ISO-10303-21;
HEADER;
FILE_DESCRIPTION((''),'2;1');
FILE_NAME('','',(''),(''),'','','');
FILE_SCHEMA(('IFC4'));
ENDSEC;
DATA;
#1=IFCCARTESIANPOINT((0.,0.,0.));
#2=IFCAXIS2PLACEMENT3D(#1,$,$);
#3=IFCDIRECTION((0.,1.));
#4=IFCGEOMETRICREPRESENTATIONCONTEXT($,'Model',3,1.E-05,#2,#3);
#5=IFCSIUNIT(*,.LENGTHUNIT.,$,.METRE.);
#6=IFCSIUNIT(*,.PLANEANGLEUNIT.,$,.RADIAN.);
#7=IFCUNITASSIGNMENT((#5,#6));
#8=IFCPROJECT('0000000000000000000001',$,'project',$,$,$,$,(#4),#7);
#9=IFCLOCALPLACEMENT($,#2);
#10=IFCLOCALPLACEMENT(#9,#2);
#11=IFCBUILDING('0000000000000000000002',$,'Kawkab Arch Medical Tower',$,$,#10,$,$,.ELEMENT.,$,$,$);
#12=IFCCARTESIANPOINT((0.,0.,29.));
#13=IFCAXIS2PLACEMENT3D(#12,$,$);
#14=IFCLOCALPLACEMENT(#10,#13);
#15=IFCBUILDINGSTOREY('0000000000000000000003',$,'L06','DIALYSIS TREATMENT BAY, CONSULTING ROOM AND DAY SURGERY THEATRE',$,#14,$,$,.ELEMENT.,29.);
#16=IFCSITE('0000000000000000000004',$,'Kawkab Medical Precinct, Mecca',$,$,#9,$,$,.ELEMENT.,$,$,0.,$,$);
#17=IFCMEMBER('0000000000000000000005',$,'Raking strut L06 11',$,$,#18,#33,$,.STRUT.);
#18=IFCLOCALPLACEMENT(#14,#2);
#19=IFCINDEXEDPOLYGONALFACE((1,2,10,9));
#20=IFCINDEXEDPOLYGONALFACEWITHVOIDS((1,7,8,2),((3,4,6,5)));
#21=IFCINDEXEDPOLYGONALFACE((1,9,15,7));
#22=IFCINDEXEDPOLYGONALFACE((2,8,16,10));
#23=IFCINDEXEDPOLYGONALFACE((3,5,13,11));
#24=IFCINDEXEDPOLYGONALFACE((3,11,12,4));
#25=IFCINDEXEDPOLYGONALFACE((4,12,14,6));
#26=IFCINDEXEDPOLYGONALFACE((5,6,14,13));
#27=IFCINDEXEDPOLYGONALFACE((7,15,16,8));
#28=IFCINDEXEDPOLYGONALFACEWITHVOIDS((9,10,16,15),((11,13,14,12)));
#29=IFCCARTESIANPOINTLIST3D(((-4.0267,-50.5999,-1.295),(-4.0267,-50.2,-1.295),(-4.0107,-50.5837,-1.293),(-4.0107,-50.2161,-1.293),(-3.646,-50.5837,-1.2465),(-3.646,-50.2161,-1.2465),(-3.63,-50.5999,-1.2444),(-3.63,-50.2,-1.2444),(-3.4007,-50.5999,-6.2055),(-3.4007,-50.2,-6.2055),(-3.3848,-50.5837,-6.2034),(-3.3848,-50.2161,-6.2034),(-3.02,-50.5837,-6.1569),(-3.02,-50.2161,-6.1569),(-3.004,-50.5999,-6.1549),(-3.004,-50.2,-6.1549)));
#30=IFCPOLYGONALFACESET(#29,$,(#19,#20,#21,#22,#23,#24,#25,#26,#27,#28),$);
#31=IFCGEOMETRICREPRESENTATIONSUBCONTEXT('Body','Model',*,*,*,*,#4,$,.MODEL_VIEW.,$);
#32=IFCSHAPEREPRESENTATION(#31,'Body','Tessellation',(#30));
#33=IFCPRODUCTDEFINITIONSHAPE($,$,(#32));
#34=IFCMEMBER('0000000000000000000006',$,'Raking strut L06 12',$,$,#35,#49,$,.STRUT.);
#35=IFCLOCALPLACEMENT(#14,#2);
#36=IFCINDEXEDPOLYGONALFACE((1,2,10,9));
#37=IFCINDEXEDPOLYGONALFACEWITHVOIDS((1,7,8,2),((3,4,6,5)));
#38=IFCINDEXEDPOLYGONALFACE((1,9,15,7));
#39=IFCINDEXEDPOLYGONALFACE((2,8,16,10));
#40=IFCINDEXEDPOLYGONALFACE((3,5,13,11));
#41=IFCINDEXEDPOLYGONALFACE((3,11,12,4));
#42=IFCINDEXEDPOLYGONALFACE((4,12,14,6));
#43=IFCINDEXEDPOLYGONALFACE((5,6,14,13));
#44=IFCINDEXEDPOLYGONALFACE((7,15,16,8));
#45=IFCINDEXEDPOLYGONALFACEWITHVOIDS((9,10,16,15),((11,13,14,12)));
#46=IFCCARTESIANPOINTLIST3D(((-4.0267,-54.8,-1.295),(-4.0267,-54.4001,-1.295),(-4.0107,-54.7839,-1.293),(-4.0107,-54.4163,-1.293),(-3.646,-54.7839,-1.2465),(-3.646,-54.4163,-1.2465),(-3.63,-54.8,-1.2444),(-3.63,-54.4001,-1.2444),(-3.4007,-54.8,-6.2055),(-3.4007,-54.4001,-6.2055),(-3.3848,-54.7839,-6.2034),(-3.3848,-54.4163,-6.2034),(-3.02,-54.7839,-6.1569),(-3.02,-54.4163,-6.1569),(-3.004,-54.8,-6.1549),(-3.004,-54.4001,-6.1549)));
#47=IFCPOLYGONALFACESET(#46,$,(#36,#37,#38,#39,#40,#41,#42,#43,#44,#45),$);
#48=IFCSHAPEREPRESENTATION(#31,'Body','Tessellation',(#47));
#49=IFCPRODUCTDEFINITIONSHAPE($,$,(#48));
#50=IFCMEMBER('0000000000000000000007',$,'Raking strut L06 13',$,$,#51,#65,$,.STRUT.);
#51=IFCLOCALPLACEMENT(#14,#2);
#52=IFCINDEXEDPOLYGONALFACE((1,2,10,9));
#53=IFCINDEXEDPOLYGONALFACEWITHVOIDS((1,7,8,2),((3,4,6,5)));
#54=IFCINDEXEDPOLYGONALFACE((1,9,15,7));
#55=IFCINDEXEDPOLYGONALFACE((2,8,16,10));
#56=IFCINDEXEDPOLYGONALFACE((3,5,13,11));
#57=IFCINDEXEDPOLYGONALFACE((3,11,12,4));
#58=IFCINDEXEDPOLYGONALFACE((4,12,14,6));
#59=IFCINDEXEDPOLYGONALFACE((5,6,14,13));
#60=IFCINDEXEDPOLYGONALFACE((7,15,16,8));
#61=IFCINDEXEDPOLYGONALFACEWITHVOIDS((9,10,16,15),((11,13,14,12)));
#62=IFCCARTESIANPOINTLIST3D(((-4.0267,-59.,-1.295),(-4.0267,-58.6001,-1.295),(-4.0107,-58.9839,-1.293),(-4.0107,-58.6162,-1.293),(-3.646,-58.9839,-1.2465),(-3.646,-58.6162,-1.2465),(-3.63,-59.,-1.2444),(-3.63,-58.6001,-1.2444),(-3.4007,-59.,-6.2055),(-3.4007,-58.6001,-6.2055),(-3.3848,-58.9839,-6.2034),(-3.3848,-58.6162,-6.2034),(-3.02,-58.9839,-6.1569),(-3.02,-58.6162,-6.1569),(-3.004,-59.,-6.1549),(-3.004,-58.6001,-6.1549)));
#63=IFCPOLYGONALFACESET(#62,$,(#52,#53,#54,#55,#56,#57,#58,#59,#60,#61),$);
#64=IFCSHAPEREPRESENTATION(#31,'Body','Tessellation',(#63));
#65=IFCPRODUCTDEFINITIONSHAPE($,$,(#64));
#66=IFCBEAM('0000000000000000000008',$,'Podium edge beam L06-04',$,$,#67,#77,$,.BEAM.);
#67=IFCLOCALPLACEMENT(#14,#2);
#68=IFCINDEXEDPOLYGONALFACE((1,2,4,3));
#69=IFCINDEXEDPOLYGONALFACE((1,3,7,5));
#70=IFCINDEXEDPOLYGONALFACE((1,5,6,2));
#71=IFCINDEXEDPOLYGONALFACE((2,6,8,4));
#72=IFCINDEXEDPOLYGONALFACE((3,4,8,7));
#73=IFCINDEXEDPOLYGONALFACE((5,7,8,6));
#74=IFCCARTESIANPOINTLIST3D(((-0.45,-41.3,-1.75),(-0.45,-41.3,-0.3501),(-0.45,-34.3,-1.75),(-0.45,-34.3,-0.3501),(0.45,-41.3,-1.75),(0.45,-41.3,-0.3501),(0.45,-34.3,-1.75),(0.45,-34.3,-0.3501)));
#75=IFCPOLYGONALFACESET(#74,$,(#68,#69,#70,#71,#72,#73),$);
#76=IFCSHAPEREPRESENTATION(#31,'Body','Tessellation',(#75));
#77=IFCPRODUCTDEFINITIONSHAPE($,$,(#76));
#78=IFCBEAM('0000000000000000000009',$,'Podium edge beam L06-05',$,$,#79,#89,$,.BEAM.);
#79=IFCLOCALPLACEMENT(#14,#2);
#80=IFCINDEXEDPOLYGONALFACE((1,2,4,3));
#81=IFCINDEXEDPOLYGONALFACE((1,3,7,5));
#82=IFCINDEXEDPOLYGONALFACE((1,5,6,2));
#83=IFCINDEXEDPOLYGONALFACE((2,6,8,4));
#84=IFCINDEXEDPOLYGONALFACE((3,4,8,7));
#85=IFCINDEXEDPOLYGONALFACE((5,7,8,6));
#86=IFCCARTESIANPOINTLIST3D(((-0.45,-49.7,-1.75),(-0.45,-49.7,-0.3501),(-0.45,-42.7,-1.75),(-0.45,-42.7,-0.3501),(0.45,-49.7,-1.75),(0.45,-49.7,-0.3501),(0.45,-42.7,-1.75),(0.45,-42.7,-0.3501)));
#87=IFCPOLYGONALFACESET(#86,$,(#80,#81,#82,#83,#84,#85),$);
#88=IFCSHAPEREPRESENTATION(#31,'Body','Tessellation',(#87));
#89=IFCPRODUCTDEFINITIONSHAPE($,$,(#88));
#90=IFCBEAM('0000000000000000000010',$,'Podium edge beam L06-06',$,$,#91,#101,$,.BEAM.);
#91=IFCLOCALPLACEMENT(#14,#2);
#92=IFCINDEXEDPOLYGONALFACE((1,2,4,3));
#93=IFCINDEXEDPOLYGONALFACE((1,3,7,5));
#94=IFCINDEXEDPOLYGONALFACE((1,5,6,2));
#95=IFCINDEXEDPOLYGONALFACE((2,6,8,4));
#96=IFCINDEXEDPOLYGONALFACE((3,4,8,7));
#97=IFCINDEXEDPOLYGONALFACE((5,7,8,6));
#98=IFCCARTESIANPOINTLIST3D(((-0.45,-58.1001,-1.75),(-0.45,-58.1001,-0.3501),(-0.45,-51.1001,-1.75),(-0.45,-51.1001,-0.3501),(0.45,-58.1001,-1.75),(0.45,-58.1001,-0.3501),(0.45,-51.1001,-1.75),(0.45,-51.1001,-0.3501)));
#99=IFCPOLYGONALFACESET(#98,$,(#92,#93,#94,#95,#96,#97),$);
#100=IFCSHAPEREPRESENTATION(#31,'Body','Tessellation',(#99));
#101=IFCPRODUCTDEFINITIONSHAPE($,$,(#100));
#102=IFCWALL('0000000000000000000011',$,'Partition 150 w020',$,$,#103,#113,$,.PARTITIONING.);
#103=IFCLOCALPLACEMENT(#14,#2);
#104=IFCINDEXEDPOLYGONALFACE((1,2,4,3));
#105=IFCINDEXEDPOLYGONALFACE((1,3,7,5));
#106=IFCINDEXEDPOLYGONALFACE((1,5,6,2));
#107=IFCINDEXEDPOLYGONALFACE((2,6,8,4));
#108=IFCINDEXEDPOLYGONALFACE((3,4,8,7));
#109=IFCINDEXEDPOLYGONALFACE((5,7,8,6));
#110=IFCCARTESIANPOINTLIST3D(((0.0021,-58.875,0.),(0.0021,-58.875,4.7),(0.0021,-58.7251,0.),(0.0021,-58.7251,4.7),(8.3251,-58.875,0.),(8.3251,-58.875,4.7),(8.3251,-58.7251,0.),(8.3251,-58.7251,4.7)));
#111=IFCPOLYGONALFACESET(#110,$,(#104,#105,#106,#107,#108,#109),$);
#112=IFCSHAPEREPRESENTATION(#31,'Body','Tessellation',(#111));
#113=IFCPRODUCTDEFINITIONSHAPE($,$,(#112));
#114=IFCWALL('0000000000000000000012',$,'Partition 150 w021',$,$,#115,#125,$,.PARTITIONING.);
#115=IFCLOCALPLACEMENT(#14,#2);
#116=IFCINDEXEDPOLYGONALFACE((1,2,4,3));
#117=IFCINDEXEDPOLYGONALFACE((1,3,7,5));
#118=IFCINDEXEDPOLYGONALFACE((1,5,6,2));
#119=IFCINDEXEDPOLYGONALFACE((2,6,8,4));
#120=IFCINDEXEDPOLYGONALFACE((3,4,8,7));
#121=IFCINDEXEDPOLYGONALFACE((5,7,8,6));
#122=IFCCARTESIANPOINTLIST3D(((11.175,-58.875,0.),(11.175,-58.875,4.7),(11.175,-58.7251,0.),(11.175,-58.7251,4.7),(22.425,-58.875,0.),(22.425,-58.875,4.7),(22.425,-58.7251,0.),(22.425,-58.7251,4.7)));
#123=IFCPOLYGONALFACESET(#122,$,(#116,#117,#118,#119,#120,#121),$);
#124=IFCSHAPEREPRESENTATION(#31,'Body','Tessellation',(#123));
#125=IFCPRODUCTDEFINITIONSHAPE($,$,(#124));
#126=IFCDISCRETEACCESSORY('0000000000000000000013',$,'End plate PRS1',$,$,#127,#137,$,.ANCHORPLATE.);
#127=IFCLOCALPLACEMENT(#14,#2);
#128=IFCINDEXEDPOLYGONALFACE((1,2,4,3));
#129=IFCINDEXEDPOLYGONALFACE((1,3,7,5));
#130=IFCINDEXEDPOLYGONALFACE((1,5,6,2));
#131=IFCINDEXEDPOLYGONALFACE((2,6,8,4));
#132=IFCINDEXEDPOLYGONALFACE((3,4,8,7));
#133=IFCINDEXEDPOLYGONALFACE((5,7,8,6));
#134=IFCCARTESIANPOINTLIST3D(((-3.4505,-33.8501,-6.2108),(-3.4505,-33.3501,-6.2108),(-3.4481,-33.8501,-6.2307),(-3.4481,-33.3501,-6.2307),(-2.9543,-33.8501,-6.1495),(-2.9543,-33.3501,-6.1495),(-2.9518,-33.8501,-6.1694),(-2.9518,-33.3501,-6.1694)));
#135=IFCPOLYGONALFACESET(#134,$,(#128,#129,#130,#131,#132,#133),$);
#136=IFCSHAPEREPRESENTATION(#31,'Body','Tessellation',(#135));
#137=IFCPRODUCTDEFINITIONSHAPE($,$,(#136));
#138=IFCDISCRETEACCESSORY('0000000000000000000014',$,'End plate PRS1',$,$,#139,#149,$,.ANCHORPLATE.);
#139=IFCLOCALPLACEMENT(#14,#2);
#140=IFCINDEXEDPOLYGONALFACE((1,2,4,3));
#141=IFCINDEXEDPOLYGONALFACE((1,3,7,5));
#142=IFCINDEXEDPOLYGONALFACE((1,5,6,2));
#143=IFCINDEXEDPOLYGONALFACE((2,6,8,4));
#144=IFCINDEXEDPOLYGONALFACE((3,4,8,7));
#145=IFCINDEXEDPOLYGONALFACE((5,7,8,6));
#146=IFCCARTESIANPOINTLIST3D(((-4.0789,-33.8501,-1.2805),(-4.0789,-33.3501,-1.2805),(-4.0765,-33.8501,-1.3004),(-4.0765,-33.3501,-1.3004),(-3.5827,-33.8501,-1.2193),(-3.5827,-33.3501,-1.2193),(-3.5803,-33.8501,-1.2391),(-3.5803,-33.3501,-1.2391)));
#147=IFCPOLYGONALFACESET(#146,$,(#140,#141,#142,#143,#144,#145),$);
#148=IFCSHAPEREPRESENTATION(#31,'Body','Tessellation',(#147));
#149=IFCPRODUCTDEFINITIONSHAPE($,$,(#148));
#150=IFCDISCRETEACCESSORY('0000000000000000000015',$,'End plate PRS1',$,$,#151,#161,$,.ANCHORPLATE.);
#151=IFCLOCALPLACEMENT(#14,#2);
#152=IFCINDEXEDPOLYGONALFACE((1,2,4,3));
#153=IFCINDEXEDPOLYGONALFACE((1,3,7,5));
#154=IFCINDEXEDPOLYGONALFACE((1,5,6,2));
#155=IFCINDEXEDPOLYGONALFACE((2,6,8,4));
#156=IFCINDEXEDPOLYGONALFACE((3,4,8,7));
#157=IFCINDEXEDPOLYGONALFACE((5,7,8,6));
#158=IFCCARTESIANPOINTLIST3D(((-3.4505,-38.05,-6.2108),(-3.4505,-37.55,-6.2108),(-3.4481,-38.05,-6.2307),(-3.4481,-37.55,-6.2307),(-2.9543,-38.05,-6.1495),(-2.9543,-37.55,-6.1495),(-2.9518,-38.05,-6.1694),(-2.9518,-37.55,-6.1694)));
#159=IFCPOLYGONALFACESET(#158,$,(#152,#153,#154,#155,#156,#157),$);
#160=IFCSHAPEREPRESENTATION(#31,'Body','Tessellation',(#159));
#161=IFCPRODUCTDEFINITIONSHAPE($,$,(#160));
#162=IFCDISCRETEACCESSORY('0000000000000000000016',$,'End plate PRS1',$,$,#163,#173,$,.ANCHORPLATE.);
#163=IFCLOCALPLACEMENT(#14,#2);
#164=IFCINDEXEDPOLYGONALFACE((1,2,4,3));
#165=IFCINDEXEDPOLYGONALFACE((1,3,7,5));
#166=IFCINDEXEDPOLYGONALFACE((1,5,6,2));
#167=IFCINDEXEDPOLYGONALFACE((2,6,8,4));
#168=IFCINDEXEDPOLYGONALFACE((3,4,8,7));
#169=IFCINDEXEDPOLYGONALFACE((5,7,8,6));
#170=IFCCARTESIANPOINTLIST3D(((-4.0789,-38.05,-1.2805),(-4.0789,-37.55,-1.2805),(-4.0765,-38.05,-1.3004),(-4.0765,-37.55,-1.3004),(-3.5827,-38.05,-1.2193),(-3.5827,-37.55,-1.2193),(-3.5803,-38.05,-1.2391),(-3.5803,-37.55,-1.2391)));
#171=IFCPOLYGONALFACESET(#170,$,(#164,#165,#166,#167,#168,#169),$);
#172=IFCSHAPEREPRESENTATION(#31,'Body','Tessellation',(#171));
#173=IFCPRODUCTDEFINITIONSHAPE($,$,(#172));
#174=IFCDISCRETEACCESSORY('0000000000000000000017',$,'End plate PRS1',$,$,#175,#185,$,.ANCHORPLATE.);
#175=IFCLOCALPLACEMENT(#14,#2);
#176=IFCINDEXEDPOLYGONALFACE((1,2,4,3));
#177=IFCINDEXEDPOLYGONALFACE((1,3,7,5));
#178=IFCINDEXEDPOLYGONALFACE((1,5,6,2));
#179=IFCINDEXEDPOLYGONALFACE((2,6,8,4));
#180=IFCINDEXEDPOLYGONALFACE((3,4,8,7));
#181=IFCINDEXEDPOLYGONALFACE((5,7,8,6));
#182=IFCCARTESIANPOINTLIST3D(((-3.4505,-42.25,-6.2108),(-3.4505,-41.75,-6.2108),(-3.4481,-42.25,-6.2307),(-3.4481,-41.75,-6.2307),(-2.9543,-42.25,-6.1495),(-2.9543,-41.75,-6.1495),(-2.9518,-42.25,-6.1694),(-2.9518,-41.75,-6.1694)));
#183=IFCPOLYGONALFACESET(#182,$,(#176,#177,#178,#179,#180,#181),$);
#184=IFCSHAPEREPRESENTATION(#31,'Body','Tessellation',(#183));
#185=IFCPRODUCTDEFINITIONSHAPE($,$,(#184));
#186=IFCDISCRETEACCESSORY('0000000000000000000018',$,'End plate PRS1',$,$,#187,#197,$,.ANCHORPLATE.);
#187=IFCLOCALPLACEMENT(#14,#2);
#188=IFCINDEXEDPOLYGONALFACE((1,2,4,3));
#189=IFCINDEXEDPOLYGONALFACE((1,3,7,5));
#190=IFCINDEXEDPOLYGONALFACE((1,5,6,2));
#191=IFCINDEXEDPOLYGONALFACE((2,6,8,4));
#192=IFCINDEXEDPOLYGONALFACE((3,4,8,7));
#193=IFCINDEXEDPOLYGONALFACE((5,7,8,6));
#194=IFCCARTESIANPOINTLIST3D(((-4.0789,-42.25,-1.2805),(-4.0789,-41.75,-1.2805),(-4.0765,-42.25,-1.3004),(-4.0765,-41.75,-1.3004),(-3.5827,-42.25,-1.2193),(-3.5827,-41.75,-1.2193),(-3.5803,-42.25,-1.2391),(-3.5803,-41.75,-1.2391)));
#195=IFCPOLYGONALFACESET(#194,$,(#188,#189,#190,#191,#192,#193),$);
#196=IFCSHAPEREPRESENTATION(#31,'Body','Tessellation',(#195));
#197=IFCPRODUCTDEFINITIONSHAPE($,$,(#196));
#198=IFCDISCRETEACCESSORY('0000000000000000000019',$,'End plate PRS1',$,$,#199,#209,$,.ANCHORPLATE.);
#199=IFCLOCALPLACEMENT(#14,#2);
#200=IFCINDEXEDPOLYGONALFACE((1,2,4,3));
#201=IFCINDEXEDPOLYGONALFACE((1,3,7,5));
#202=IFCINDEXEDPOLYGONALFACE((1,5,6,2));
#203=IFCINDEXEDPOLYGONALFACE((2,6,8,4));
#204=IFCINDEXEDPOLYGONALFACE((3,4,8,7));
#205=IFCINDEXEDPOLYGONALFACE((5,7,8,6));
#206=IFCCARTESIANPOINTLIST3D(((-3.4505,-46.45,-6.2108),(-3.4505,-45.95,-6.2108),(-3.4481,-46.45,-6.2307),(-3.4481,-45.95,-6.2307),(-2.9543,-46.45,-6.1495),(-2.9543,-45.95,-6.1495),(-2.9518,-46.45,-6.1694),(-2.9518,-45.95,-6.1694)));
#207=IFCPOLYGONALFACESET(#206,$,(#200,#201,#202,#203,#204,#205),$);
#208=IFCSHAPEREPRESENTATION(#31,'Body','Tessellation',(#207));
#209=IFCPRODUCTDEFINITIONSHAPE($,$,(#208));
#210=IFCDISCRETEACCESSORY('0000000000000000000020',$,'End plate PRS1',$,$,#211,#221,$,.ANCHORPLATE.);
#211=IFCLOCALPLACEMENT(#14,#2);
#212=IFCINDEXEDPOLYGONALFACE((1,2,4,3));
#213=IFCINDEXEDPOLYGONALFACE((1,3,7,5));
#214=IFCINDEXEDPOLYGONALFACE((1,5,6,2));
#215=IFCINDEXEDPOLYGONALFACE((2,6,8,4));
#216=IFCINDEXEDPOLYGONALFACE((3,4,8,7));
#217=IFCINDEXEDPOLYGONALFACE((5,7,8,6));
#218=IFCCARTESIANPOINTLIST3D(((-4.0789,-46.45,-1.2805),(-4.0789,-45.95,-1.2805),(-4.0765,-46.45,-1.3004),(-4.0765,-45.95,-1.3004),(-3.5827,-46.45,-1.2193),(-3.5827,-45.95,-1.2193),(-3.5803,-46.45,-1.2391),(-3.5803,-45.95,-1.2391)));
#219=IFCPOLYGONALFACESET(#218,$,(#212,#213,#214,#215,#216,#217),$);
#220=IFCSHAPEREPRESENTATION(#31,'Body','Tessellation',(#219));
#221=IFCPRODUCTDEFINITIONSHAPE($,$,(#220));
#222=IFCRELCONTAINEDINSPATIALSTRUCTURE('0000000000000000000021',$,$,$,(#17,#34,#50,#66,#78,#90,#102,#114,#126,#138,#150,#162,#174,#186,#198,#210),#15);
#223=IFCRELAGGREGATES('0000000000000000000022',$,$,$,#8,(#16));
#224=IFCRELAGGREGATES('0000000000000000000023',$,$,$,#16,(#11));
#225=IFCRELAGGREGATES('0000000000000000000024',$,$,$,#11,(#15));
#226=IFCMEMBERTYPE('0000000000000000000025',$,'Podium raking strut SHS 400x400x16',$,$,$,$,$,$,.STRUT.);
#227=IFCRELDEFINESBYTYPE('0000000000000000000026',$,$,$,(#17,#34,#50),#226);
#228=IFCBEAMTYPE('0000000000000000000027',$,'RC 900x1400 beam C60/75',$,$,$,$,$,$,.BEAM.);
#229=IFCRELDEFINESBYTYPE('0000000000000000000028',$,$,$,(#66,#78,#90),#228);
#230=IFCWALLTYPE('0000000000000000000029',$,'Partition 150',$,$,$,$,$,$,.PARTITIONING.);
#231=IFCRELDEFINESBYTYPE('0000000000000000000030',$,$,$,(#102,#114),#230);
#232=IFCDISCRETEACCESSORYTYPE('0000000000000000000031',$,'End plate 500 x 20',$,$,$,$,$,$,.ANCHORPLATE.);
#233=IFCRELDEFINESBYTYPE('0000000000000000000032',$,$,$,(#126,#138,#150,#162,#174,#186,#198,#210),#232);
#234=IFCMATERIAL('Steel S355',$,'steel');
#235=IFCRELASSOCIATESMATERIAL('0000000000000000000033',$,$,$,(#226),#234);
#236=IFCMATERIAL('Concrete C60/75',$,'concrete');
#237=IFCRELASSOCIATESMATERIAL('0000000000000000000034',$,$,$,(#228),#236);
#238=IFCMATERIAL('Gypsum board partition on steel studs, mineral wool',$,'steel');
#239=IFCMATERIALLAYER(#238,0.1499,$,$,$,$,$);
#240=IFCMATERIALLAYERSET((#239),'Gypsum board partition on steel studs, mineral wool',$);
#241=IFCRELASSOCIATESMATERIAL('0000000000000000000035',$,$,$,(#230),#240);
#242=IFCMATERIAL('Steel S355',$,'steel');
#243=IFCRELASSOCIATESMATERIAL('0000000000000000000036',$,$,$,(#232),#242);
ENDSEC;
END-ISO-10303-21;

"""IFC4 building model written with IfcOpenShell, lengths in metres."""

from ifc_helpers import new_model, si_unit, direction, frame, frame_2d, origin, origin_2d, place, context, subcontext, project, spatial, rectangle, hollow_rectangle, extrude, material, layer, layer_set, material_profile, profile_set, type_object, element, save


model = new_model("IFC4")

# Units and contexts
model_context = context("Model", 3, precision=1e-05, world=origin(), true_north=direction((0.0, 1.0)))
body_context = subcontext(model_context, "Body", "Model", "MODEL_VIEW")
ifc_project = project(units=[si_unit("LENGTHUNIT", "METRE"), si_unit("PLANEANGLEUNIT", "RADIAN")], contexts=[model_context])

# Site, building, storey
site_placement = place(None, origin())
site = spatial("IfcSite", under=ifc_project, at=site_placement, Name="Kawkab Medical Precinct, Mecca", CompositionType="ELEMENT", RefElevation=0.0)
building_placement = place(site_placement, origin())
building = spatial("IfcBuilding", under=site, at=building_placement, Name="Kawkab Arch Medical Tower", CompositionType="ELEMENT")
storey_placement = place(building_placement, frame((0.0, 0.0, 29.0)))
storey = spatial("IfcBuildingStorey", under=building, at=storey_placement, Name="L06", Description="DIALYSIS TREATMENT BAY, CONSULTING ROOM AND DAY SURGERY THEATRE", CompositionType="ELEMENT", Elevation=29.0)

# Members
ifc_material_1 = material(Name="Steel S355", Category="steel")
ifc_material_profile_1 = material_profile(ifc_material_1, hollow_rectangle(XDim=0.3999, YDim=0.3999, WallThickness=0.0161, at=origin_2d()), Name="SHS 400x400x16")
ifc_profile_set_1 = profile_set([ifc_material_profile_1], Name="Steel S355")
member_type_1 = type_object("IfcMemberType", Name="Podium raking strut SHS 400x400x16", PredefinedType="STRUT", material=ifc_profile_set_1)
for number, where, z_axis, x_axis, name in (
    (1, (-3.2024, -50.3999, -6.1802), (-0.126456, 0.0, 0.991972), (0.0, -1.0, 0.0), "Raking strut L06 11"),
    (2, (-3.2024, -54.6001, -6.1802), (-0.126456, 0.0, 0.991972), (0.0, -1.0, 0.0), "Raking strut L06 12"),
    (3, (-3.2024, -58.8, -6.1802), (-0.126456, 0.0, 0.991972), (0.0, -1.0, 0.0), "Raking strut L06 13"),
):
    element("IfcMember", number, at=place(storey_placement, frame(where, z_axis=z_axis, x_axis=x_axis)), inside=storey, type_object=member_type_1, Name=name, PredefinedType="STRUT", context=body_context, shape_type="SweptSolid", body=[
        extrude(hollow_rectangle(XDim=0.3999, YDim=0.3999, WallThickness=0.0161, at=origin_2d()), origin(), (0.0, 0.0, 1.0), 4.9502),
    ])

# Beams
ifc_material_2 = material(Name="Concrete C60/75", Category="concrete")
ifc_material_profile_2 = material_profile(ifc_material_2, rectangle(XDim=0.8999, YDim=1.3999, at=origin_2d()), Name="RC 900x1400")
ifc_profile_set_2 = profile_set([ifc_material_profile_2], Name="Concrete C60/75")
beam_type_1 = type_object("IfcBeamType", Name="RC 900x1400 beam C60/75", PredefinedType="BEAM", material=ifc_profile_set_2)
for number, where, z_axis, x_axis, name in (
    (4, (0.0, -34.3, -1.05), (0.0, -1.0, 0.0), (1.0, 0.0, 0.0), "Podium edge beam L06-04"),
    (5, (0.0, -42.7, -1.05), (0.0, -1.0, 0.0), (1.0, 0.0, 0.0), "Podium edge beam L06-05"),
    (6, (0.0, -51.1001, -1.05), (0.0, -1.0, 0.0), (1.0, 0.0, 0.0), "Podium edge beam L06-06"),
):
    element("IfcBeam", number, at=place(storey_placement, frame(where, z_axis=z_axis, x_axis=x_axis)), inside=storey, type_object=beam_type_1, Name=name, PredefinedType="BEAM", context=body_context, shape_type="SweptSolid", body=[
        extrude(rectangle(XDim=0.8999, YDim=1.3999, at=origin_2d()), origin(), (0.0, 0.0, 1.0), 7.0),
    ])

# Walls
ifc_material_3 = material(Name="Gypsum board partition on steel studs, mineral wool", Category="steel")
ifc_layer_1 = layer(ifc_material_3, 0.1499)
ifc_layer_set_1 = layer_set([ifc_layer_1], Name="Gypsum board partition on steel studs, mineral wool")
wall_type = type_object("IfcWallType", Name="Partition 150", PredefinedType="PARTITIONING", material=ifc_layer_set_1)
wall_1_placement = place(storey_placement, frame((0.002, -58.8, 0.0), z_axis=(0.0, 0.0, 1.0), x_axis=(1.0, 0.0, 0.0)))
element("IfcWall", 7, at=wall_1_placement, inside=storey, type_object=wall_type, Name="Partition 150 w020", PredefinedType="PARTITIONING", context=body_context, shape_type="SweptSolid", body=[
    extrude(rectangle(XDim=8.323, YDim=0.1499, at=frame_2d((4.1616, 0.0))), origin(), (0.0, 0.0, 1.0), 4.7),
])
wall_2_placement = place(storey_placement, frame((11.175, -58.8, 0.0), z_axis=(0.0, 0.0, 1.0), x_axis=(1.0, 0.0, 0.0)))
element("IfcWall", 8, at=wall_2_placement, inside=storey, type_object=wall_type, Name="Partition 150 w021", PredefinedType="PARTITIONING", context=body_context, shape_type="SweptSolid", body=[
    extrude(rectangle(XDim=11.25, YDim=0.1499, at=frame_2d((5.625, 0.0))), origin(), (0.0, 0.0, 1.0), 4.7),
])

# Discrete accessories
ifc_material_4 = material(Name="Steel S355", Category="steel")
ifc_material_profile_3 = material_profile(ifc_material_4, rectangle(XDim=0.5, YDim=0.5, at=origin_2d()), Name="End plate 500 x 20")
ifc_profile_set_3 = profile_set([ifc_material_profile_3], Name="Steel S355")
discrete_accessory_type = type_object("IfcDiscreteAccessoryType", Name="End plate 500 x 20", PredefinedType="ANCHORPLATE", material=ifc_profile_set_3)
for number, where, z_axis, x_axis, name in (
    (9, (-3.2024, -33.6001, -6.1802), (0.122527, 0.0, -0.992465), (0.0, 1.0, 0.0), "End plate PRS1"),
    (10, (-3.8284, -33.6001, -1.2698), (-0.122527, 0.0, 0.992465), (0.0, -1.0, 0.0), "End plate PRS1"),
    (11, (-3.2024, -37.8, -6.1802), (0.122527, 0.0, -0.992465), (0.0, 1.0, 0.0), "End plate PRS1"),
    (12, (-3.8284, -37.8, -1.2698), (-0.122527, 0.0, 0.992465), (0.0, -1.0, 0.0), "End plate PRS1"),
    (13, (-3.2024, -42.0, -6.1802), (0.122527, 0.0, -0.992465), (0.0, 1.0, 0.0), "End plate PRS1"),
    (14, (-3.8284, -42.0, -1.2698), (-0.122527, 0.0, 0.992465), (0.0, -1.0, 0.0), "End plate PRS1"),
    (15, (-3.2024, -46.2, -6.1802), (0.122527, 0.0, -0.992465), (0.0, 1.0, 0.0), "End plate PRS1"),
    (16, (-3.8284, -46.2, -1.2698), (-0.122527, 0.0, 0.992465), (0.0, -1.0, 0.0), "End plate PRS1"),
):
    element("IfcDiscreteAccessory", number, at=place(storey_placement, frame(where, z_axis=z_axis, x_axis=x_axis)), inside=storey, type_object=discrete_accessory_type, Name=name, PredefinedType="ANCHORPLATE", context=body_context, shape_type="SweptSolid", body=[
        extrude(rectangle(XDim=0.5, YDim=0.5, at=origin_2d()), origin(), (0.0, 0.0, 1.0), 0.02),
    ])

save(model, "model.ifc")
